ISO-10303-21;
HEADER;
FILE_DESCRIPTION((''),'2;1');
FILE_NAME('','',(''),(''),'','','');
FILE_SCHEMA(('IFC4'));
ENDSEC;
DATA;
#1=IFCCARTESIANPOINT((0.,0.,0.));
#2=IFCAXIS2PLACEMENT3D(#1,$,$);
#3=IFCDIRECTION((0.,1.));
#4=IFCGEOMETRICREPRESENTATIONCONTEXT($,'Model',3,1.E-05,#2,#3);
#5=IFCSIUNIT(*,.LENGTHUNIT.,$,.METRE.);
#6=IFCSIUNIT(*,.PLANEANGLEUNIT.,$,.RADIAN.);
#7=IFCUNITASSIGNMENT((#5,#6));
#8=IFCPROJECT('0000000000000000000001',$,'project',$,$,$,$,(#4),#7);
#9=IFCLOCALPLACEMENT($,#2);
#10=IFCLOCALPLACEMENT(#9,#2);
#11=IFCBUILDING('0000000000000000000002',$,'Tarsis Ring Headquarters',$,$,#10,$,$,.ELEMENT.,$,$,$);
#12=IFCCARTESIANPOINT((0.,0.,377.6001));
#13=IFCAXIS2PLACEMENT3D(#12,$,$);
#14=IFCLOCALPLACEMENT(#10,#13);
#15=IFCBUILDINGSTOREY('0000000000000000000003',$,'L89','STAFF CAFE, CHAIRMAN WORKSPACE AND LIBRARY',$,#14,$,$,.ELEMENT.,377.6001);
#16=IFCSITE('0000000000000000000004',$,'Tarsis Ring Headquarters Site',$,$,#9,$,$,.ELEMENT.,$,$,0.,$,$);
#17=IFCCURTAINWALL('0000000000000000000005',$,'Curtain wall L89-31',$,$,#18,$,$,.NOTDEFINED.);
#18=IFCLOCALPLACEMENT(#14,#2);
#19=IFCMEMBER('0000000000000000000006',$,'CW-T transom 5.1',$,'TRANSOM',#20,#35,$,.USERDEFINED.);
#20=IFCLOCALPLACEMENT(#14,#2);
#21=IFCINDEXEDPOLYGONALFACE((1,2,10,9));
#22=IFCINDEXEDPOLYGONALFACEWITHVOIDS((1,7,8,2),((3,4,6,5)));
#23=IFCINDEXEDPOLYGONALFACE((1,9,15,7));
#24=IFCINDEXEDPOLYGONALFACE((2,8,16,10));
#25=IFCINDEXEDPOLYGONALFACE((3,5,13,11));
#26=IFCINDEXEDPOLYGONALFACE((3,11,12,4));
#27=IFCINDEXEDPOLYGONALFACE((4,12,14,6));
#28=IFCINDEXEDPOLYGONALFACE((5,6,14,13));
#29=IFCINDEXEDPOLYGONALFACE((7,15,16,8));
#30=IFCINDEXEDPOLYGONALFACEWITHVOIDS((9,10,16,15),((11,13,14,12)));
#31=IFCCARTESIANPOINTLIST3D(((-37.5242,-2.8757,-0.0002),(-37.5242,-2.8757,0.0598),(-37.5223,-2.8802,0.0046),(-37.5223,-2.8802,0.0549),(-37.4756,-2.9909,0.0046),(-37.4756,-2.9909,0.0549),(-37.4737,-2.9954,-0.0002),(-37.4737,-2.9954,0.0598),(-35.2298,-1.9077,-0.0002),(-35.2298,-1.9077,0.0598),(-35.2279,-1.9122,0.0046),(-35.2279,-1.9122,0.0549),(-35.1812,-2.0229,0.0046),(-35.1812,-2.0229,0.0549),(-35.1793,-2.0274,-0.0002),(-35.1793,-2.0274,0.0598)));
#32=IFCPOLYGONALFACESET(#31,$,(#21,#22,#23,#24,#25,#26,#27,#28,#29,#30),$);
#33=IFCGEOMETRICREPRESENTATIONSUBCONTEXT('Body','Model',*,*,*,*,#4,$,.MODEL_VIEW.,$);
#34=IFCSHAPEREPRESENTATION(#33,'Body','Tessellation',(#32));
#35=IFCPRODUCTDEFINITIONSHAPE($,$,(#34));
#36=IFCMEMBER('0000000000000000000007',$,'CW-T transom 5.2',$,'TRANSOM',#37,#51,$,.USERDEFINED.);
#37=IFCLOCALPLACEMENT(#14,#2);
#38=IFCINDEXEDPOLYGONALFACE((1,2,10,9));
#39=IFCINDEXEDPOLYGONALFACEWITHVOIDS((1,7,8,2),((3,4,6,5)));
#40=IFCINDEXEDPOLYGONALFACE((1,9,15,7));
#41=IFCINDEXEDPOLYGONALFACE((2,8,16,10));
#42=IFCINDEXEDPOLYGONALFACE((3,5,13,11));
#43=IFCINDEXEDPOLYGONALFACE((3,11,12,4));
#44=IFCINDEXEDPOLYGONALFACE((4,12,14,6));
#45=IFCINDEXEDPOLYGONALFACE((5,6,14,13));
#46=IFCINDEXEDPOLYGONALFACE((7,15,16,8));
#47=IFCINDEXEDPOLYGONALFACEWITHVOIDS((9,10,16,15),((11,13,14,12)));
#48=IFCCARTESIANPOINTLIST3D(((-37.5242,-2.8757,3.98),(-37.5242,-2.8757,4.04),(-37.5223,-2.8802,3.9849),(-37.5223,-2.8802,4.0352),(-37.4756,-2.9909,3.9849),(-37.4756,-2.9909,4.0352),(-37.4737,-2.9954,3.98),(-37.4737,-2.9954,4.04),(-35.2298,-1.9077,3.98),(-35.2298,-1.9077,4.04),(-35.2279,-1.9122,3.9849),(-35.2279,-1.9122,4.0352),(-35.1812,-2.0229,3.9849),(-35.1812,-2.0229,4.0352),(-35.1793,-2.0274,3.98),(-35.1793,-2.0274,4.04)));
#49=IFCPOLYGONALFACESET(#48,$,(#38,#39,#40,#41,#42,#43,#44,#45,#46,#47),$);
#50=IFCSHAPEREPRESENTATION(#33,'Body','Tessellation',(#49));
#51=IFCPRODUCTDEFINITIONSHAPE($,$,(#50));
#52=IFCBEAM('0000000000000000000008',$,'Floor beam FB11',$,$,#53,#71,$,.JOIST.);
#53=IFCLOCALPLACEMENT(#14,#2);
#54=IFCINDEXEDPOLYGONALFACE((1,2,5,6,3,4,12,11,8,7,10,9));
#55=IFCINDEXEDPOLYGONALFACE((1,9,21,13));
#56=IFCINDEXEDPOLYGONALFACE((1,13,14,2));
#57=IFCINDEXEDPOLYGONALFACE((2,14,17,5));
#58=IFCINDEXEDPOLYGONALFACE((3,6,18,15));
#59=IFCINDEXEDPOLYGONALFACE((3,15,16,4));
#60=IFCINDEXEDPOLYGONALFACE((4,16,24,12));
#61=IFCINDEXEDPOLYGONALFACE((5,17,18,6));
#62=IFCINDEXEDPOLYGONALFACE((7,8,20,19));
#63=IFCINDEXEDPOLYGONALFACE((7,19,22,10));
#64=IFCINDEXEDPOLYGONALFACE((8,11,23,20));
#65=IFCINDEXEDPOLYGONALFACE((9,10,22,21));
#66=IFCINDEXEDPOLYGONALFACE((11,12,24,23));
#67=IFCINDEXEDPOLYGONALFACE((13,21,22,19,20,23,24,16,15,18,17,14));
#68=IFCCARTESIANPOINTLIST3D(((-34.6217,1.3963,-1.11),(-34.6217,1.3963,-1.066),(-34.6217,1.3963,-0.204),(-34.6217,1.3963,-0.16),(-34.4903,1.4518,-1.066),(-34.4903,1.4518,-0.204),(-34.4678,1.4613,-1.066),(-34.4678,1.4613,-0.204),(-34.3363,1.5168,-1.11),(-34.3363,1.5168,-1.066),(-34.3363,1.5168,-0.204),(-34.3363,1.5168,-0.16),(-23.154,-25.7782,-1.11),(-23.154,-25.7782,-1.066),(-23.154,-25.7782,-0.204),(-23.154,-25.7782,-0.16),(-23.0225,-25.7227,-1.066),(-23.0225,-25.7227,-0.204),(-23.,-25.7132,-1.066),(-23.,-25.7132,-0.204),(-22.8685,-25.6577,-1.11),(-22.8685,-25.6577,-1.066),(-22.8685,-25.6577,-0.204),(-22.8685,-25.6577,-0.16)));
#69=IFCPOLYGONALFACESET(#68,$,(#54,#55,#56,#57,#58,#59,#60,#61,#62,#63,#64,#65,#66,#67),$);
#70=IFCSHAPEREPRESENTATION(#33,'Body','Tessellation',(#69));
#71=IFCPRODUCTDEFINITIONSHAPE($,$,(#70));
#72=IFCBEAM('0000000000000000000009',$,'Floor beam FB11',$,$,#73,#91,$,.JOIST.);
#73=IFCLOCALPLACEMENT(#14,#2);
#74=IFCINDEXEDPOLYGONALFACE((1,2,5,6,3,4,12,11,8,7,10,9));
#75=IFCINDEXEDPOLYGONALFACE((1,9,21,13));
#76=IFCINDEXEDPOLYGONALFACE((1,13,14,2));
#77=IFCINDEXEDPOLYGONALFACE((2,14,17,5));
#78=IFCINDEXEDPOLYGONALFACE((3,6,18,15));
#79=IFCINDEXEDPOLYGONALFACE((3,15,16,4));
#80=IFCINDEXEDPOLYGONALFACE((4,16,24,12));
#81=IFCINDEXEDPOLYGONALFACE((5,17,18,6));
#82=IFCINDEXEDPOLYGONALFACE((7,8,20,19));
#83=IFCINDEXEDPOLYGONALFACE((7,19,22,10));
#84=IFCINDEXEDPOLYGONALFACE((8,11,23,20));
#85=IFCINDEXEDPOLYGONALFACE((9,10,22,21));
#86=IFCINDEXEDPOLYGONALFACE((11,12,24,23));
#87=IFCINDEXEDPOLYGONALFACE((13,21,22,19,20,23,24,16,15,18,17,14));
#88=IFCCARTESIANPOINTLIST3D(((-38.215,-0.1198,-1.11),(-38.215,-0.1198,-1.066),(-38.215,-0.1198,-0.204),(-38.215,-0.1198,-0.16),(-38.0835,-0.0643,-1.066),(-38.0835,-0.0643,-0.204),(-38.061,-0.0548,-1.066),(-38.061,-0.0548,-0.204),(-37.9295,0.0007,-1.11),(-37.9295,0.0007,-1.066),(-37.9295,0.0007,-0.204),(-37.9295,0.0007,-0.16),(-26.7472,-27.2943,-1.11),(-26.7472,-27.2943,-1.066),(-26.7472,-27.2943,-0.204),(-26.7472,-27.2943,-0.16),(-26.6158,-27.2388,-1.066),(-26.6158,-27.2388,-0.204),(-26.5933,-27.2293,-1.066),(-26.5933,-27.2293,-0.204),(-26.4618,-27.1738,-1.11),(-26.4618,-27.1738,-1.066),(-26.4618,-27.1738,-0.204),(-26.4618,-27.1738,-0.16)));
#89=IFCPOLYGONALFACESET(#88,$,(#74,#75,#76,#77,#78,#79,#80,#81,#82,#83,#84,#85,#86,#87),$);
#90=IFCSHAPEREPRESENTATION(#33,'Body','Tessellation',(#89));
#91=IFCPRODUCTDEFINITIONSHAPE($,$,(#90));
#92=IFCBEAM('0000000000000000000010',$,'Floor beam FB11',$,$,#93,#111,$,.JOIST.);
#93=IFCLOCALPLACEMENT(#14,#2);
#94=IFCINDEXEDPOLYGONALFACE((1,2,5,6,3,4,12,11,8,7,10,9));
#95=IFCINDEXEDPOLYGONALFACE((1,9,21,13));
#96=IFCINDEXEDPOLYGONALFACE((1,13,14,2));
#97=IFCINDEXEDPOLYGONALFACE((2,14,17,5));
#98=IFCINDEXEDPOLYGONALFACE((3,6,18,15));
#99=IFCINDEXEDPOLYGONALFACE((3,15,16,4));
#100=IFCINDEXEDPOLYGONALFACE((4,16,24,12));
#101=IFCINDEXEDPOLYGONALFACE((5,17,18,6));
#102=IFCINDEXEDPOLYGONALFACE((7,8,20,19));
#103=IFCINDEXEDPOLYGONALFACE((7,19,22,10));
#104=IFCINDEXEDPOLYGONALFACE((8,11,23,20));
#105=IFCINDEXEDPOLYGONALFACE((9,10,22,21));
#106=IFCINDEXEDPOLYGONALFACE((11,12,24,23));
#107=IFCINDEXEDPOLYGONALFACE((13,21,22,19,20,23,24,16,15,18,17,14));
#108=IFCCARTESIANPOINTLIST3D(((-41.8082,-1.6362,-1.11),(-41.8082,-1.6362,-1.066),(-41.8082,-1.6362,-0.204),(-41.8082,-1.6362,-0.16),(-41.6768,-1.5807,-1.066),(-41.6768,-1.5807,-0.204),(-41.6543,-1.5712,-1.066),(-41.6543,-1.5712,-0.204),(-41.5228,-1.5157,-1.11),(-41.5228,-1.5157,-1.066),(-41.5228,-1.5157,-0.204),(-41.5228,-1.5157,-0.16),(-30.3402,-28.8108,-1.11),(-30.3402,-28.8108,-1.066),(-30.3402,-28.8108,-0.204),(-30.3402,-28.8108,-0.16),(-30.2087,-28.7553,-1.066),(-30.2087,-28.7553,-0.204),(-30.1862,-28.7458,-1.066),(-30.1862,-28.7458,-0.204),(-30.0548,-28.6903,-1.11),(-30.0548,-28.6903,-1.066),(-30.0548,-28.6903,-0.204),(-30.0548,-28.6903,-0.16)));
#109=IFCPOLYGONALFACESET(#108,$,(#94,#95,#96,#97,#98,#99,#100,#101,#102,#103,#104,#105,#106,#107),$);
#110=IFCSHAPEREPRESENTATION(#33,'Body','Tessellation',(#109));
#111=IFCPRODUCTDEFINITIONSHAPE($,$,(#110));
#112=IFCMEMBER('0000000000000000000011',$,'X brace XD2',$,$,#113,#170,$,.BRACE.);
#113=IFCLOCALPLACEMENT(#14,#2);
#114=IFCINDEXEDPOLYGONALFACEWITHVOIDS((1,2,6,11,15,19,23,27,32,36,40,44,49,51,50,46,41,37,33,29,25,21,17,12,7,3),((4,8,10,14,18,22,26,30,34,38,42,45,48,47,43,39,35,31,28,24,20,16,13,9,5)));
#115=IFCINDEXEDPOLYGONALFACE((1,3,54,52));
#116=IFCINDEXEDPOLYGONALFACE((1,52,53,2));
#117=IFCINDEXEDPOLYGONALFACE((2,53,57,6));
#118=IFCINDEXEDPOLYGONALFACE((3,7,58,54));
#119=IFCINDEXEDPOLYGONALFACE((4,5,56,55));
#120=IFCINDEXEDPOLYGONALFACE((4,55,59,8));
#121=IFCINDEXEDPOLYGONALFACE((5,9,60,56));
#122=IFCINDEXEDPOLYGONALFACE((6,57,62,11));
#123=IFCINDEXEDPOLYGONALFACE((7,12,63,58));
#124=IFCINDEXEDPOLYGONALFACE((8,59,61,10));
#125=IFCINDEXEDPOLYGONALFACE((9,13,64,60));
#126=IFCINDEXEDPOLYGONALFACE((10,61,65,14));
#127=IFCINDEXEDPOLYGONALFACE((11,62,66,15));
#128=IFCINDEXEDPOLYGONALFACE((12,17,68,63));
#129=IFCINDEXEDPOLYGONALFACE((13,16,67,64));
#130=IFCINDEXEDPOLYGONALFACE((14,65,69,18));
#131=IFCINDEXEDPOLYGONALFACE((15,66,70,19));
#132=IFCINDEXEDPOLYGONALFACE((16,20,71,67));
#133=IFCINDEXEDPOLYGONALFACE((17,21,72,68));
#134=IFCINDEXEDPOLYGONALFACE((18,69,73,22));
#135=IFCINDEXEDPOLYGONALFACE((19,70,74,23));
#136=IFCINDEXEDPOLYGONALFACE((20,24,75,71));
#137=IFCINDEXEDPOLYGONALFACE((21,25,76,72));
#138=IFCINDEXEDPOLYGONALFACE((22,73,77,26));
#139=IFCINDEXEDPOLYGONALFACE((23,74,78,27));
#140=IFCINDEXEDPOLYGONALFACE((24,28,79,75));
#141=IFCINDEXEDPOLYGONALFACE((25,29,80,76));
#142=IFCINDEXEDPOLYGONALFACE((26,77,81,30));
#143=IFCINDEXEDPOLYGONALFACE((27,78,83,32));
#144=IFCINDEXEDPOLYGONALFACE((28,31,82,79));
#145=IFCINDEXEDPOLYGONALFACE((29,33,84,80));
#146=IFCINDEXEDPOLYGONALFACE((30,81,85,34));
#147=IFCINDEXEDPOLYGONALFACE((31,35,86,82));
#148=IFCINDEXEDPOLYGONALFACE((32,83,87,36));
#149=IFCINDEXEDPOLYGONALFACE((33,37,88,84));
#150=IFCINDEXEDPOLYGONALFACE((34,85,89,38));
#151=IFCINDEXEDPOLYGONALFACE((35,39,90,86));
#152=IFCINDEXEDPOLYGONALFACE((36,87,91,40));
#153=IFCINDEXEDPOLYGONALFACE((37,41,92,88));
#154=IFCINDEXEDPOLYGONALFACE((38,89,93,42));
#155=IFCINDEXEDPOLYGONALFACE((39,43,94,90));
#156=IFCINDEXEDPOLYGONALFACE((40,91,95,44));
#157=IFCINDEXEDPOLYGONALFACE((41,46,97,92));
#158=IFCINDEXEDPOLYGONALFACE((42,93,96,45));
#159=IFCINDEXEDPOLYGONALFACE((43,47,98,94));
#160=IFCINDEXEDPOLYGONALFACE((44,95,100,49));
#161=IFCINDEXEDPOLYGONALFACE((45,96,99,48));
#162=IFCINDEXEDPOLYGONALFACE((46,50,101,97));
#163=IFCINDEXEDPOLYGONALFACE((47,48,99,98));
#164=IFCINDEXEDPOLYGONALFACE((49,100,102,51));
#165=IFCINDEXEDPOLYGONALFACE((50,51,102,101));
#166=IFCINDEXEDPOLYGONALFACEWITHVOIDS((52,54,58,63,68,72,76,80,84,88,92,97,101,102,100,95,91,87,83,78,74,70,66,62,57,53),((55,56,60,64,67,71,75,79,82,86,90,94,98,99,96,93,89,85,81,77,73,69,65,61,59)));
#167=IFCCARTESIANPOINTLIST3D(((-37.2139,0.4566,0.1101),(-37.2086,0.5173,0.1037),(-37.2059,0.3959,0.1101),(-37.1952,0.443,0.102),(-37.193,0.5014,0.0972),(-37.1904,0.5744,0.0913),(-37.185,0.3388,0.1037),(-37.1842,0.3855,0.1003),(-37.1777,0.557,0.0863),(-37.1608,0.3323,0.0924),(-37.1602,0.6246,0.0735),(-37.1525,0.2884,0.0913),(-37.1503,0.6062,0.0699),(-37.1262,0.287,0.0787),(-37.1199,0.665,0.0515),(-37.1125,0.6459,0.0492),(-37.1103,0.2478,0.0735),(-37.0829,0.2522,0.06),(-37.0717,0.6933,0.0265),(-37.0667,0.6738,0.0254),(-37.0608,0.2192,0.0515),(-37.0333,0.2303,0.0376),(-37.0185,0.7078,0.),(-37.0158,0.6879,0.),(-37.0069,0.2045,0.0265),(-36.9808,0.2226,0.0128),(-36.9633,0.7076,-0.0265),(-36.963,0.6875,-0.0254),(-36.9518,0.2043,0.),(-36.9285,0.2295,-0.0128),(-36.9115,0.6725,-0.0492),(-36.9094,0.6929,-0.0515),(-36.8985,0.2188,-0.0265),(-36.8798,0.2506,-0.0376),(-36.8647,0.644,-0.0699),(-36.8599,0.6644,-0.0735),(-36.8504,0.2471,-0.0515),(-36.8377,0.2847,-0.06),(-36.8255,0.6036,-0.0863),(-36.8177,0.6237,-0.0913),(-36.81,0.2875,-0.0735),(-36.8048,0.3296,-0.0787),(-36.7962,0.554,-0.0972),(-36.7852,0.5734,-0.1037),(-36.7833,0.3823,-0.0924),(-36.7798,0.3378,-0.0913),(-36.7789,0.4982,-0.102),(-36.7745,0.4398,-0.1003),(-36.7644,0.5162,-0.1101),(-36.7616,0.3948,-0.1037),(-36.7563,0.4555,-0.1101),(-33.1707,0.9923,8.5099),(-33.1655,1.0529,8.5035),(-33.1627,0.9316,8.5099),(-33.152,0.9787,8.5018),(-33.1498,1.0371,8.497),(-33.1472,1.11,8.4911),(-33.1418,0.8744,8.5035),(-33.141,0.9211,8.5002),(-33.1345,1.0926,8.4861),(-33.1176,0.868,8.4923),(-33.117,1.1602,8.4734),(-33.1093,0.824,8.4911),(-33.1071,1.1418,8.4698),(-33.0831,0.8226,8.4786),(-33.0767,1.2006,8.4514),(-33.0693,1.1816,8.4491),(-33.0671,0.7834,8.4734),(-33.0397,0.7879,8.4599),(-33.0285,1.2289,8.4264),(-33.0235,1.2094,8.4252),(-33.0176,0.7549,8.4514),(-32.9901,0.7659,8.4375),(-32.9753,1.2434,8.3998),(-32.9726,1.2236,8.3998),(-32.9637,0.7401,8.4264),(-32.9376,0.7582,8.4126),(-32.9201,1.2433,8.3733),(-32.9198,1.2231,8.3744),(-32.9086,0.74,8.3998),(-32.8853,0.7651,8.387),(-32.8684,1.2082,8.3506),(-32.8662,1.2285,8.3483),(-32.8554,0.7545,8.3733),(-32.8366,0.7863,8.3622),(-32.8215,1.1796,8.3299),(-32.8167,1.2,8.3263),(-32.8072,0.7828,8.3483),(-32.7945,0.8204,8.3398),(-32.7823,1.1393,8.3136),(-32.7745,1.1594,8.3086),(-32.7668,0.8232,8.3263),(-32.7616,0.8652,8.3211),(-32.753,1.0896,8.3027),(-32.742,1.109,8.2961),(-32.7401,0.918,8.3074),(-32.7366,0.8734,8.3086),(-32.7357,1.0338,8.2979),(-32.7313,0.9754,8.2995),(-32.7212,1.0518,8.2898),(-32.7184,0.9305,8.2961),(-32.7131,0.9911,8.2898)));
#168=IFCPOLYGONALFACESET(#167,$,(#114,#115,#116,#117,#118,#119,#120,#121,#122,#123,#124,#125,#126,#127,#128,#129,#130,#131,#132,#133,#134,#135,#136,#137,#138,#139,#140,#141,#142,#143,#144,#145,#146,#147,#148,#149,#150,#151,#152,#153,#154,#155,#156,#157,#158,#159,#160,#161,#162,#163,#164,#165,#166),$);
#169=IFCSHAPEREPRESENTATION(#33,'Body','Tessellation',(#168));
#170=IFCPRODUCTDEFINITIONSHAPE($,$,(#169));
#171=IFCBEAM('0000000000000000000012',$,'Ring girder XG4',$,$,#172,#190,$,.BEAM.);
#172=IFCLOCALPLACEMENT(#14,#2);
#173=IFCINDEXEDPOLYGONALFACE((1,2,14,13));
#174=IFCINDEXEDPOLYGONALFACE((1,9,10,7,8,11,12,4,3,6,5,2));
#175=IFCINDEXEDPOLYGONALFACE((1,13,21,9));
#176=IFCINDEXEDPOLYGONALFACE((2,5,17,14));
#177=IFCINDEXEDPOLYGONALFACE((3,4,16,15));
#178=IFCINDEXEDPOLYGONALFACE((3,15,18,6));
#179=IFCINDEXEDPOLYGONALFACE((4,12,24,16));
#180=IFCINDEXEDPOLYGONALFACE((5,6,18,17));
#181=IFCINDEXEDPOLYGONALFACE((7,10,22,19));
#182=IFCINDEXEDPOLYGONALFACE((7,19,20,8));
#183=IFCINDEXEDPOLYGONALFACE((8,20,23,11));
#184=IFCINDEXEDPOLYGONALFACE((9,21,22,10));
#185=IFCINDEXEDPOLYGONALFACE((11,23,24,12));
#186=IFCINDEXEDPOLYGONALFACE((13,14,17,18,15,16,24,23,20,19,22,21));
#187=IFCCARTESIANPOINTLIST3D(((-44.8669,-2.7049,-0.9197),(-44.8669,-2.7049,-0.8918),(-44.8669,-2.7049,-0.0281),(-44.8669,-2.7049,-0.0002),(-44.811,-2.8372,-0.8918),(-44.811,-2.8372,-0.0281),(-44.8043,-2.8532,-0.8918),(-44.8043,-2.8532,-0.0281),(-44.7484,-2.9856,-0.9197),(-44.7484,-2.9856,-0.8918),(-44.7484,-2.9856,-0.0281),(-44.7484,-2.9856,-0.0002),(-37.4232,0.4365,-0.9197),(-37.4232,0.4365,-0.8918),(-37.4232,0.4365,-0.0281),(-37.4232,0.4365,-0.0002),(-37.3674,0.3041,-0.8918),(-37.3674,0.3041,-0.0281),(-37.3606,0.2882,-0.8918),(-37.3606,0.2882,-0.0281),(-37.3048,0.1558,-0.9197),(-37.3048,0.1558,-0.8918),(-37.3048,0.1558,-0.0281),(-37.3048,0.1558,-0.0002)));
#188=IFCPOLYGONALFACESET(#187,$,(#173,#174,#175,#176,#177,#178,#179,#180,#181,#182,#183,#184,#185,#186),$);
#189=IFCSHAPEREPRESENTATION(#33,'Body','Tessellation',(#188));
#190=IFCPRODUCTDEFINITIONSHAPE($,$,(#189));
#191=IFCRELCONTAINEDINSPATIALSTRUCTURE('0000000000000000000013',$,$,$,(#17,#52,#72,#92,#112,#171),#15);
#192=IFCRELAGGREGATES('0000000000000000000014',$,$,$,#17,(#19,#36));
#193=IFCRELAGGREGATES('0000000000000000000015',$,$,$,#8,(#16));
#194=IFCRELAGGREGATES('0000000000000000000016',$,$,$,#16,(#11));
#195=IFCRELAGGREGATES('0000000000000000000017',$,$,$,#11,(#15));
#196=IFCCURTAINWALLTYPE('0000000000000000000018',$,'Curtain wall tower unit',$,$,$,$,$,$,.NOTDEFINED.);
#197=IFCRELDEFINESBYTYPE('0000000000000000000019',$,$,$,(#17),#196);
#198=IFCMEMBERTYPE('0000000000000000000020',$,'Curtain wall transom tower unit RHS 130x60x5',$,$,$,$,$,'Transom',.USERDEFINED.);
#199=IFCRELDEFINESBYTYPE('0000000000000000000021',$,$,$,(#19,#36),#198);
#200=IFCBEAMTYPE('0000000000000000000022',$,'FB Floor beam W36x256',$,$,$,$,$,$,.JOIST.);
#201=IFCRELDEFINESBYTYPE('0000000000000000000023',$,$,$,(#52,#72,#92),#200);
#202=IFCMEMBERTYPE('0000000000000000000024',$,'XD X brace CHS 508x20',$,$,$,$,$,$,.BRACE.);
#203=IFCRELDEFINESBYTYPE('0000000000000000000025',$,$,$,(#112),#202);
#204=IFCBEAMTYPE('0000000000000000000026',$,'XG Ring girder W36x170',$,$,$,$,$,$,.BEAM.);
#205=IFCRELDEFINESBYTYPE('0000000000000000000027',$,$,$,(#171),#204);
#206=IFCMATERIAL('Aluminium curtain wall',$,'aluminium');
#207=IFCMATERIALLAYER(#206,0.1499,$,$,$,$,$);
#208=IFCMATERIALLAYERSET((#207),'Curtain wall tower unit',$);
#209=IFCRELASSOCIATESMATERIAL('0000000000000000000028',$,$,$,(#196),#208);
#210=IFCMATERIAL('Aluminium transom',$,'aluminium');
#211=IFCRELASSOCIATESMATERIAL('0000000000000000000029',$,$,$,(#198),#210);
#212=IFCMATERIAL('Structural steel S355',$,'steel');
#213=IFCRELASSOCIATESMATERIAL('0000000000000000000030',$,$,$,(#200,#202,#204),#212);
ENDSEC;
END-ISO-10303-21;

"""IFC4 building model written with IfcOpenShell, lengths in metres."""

from ifc_helpers import new_model, si_unit, direction, frame, origin, origin_2d, place, context, subcontext, project, spatial, hollow_rectangle, hollow_circle, i_section, extrude, material, layer, layer_set, material_profile, profile_set, type_object, element, aggregate, save


model = new_model("IFC4")

# Units and contexts
model_context = context("Model", 3, precision=1e-05, world=origin(), true_north=direction((0.0, 1.0)))
body_context = subcontext(model_context, "Body", "Model", "MODEL_VIEW")
ifc_project = project(units=[si_unit("LENGTHUNIT", "METRE"), si_unit("PLANEANGLEUNIT", "RADIAN")], contexts=[model_context])

# Site, building, storey
site_placement = place(None, origin())
site = spatial("IfcSite", under=ifc_project, at=site_placement, Name="Tarsis Ring Headquarters Site", CompositionType="ELEMENT", RefElevation=0.0)
building_placement = place(site_placement, origin())
building = spatial("IfcBuilding", under=site, at=building_placement, Name="Tarsis Ring Headquarters", CompositionType="ELEMENT")
storey_placement = place(building_placement, frame((0.0, 0.0, 377.6001)))
storey = spatial("IfcBuildingStorey", under=building, at=storey_placement, Name="L89", Description="STAFF CAFE, CHAIRMAN WORKSPACE AND LIBRARY", CompositionType="ELEMENT", Elevation=377.6001)

# Shared definitions
ifc_material_1 = material(Name="Structural steel S355", Category="steel")

# Curtain wall, members
ifc_material_2 = material(Name="Aluminium curtain wall", Category="aluminium")
ifc_layer_1 = layer(ifc_material_2, 0.1499)
ifc_layer_set_1 = layer_set([ifc_layer_1], Name="Curtain wall tower unit")
curtain_wall_type = type_object("IfcCurtainWallType", Name="Curtain wall tower unit", PredefinedType="NOTDEFINED", material=ifc_layer_set_1)
curtain_wall_placement = place(storey_placement, origin())
curtain_wall = element("IfcCurtainWall", 1, at=curtain_wall_placement, inside=storey, type_object=curtain_wall_type, Name="Curtain wall L89-31", PredefinedType="NOTDEFINED")
ifc_material_3 = material(Name="Aluminium transom", Category="aluminium")
ifc_material_profile_1 = material_profile(ifc_material_3, hollow_rectangle(XDim=0.1299, YDim=0.0601, WallThickness=0.0049, at=origin_2d()), Name="RHS 130x60x5")
ifc_profile_set_1 = profile_set([ifc_material_profile_1], Name="Aluminium transom")
member_type_1 = type_object("IfcMemberType", Name="Curtain wall transom tower unit RHS 130x60x5", ElementType="Transom", PredefinedType="USERDEFINED", material=ifc_profile_set_1)
member_1_placement = place(storey_placement, frame((-35.2046, -1.9675, 0.0298), z_axis=(-0.921356, -0.388719, 0.0), x_axis=(0.388719, -0.921356, 0.0)))
member_1 = element("IfcMember", 2, at=member_1_placement, type_object=member_type_1, Name="CW-T transom 5.1", ObjectType="TRANSOM", PredefinedType="USERDEFINED", context=body_context, shape_type="SweptSolid", body=[
    extrude(hollow_rectangle(XDim=0.1299, YDim=0.0601, WallThickness=0.0049, at=origin_2d()), origin(), (0.0, 0.0, 1.0), 2.4902),
])
member_2_placement = place(storey_placement, frame((-35.2046, -1.9675, 4.01), z_axis=(-0.921356, -0.388719, 0.0), x_axis=(0.388719, -0.921356, 0.0)))
member_2 = element("IfcMember", 3, at=member_2_placement, type_object=member_type_1, Name="CW-T transom 5.2", ObjectType="TRANSOM", PredefinedType="USERDEFINED", context=body_context, shape_type="SweptSolid", body=[
    extrude(hollow_rectangle(XDim=0.1299, YDim=0.0601, WallThickness=0.0049, at=origin_2d()), origin(), (0.0, 0.0, 1.0), 2.4902),
])

# Beams
ifc_material_profile_2 = material_profile(ifc_material_1, i_section(OverallWidth=0.3098, OverallDepth=0.95, WebThickness=0.0244, FlangeThickness=0.0439, at=origin_2d()), Name="W36x256")
ifc_profile_set_2 = profile_set([ifc_material_profile_2], Name="Structural steel S355")
beam_type_1 = type_object("IfcBeamType", Name="FB Floor beam W36x256", PredefinedType="JOIST", material=ifc_profile_set_2)
for number, where, z_axis, x_axis, name in (
    (4, (-34.479, 1.4565, -0.635), (0.388801, -0.921322, 0.0), (0.921322, 0.388801, 0.0), "Floor beam FB11"),
    (5, (-38.0723, -0.0596, -0.635), (0.388801, -0.921322, 0.0), (0.921322, 0.388801, 0.0), "Floor beam FB11"),
):
    element("IfcBeam", number, at=place(storey_placement, frame(where, z_axis=z_axis, x_axis=x_axis)), inside=storey, type_object=beam_type_1, Name=name, PredefinedType="JOIST", context=body_context, shape_type="SweptSolid", body=[
        extrude(i_section(OverallWidth=0.3098, OverallDepth=0.95, WebThickness=0.0244, FlangeThickness=0.0439, at=origin_2d()), origin(), (0.0, 0.0, 1.0), 29.4951),
    ])
beam_1_placement = place(storey_placement, frame((-41.6655, -1.5759, -0.635), z_axis=(0.388808, -0.921319, 0.0), x_axis=(0.921319, 0.388808, 0.0)))
element("IfcBeam", 6, at=beam_1_placement, inside=storey, type_object=beam_type_1, Name="Floor beam FB11", PredefinedType="JOIST", context=body_context, shape_type="SweptSolid", body=[
    extrude(i_section(OverallWidth=0.3098, OverallDepth=0.95, WebThickness=0.0244, FlangeThickness=0.0439, at=origin_2d()), origin(), (0.0, 0.0, 1.0), 29.4954),
])

# Member
ifc_material_profile_3 = material_profile(ifc_material_1, hollow_circle(Radius=0.2539, WallThickness=0.02, at=origin_2d()), Name="CHS 508x20")
ifc_profile_set_3 = profile_set([ifc_material_profile_3], Name="Structural steel S355")
member_type_2 = type_object("IfcMemberType", Name="XD X brace CHS 508x20", PredefinedType="BRACE", material=ifc_profile_set_3)
member_3_placement = place(storey_placement, frame((-36.9851, 0.4561, 0.0), z_axis=(0.432998, 0.057364, 0.899568), x_axis=(-0.131332, 0.991338, 0.0)))
element("IfcMember", 7, at=member_3_placement, inside=storey, type_object=member_type_2, Name="X brace XD2", PredefinedType="BRACE", context=body_context, shape_type="SweptSolid", body=[
    extrude(hollow_circle(Radius=0.2539, WallThickness=0.02, at=origin_2d()), origin(), (0.0, 0.0, 1.0), 9.3376),
])

# Beam
ifc_material_profile_4 = material_profile(ifc_material_1, i_section(OverallWidth=0.3047, OverallDepth=0.9194, WebThickness=0.0173, FlangeThickness=0.0278, at=origin_2d()), Name="W36x170")
ifc_profile_set_4 = profile_set([ifc_material_profile_4], Name="Structural steel S355")
beam_type_2 = type_object("IfcBeamType", Name="XG Ring girder W36x170", PredefinedType="BEAM", material=ifc_profile_set_4)
beam_2_placement = place(storey_placement, frame((-37.364, 0.2961, -0.46), z_axis=(-0.921316, -0.388815, 0.0), x_axis=(0.388815, -0.921316, 0.0)))
element("IfcBeam", 8, at=beam_2_placement, inside=storey, type_object=beam_type_2, Name="Ring girder XG4", PredefinedType="BEAM", context=body_context, shape_type="SweptSolid", body=[
    extrude(i_section(OverallWidth=0.3047, OverallDepth=0.9194, WebThickness=0.0173, FlangeThickness=0.0278, at=origin_2d()), origin(), (0.0, 0.0, 1.0), 8.0793),
])

aggregate(curtain_wall, [member_1, member_2])

save(model, "model.ifc")
